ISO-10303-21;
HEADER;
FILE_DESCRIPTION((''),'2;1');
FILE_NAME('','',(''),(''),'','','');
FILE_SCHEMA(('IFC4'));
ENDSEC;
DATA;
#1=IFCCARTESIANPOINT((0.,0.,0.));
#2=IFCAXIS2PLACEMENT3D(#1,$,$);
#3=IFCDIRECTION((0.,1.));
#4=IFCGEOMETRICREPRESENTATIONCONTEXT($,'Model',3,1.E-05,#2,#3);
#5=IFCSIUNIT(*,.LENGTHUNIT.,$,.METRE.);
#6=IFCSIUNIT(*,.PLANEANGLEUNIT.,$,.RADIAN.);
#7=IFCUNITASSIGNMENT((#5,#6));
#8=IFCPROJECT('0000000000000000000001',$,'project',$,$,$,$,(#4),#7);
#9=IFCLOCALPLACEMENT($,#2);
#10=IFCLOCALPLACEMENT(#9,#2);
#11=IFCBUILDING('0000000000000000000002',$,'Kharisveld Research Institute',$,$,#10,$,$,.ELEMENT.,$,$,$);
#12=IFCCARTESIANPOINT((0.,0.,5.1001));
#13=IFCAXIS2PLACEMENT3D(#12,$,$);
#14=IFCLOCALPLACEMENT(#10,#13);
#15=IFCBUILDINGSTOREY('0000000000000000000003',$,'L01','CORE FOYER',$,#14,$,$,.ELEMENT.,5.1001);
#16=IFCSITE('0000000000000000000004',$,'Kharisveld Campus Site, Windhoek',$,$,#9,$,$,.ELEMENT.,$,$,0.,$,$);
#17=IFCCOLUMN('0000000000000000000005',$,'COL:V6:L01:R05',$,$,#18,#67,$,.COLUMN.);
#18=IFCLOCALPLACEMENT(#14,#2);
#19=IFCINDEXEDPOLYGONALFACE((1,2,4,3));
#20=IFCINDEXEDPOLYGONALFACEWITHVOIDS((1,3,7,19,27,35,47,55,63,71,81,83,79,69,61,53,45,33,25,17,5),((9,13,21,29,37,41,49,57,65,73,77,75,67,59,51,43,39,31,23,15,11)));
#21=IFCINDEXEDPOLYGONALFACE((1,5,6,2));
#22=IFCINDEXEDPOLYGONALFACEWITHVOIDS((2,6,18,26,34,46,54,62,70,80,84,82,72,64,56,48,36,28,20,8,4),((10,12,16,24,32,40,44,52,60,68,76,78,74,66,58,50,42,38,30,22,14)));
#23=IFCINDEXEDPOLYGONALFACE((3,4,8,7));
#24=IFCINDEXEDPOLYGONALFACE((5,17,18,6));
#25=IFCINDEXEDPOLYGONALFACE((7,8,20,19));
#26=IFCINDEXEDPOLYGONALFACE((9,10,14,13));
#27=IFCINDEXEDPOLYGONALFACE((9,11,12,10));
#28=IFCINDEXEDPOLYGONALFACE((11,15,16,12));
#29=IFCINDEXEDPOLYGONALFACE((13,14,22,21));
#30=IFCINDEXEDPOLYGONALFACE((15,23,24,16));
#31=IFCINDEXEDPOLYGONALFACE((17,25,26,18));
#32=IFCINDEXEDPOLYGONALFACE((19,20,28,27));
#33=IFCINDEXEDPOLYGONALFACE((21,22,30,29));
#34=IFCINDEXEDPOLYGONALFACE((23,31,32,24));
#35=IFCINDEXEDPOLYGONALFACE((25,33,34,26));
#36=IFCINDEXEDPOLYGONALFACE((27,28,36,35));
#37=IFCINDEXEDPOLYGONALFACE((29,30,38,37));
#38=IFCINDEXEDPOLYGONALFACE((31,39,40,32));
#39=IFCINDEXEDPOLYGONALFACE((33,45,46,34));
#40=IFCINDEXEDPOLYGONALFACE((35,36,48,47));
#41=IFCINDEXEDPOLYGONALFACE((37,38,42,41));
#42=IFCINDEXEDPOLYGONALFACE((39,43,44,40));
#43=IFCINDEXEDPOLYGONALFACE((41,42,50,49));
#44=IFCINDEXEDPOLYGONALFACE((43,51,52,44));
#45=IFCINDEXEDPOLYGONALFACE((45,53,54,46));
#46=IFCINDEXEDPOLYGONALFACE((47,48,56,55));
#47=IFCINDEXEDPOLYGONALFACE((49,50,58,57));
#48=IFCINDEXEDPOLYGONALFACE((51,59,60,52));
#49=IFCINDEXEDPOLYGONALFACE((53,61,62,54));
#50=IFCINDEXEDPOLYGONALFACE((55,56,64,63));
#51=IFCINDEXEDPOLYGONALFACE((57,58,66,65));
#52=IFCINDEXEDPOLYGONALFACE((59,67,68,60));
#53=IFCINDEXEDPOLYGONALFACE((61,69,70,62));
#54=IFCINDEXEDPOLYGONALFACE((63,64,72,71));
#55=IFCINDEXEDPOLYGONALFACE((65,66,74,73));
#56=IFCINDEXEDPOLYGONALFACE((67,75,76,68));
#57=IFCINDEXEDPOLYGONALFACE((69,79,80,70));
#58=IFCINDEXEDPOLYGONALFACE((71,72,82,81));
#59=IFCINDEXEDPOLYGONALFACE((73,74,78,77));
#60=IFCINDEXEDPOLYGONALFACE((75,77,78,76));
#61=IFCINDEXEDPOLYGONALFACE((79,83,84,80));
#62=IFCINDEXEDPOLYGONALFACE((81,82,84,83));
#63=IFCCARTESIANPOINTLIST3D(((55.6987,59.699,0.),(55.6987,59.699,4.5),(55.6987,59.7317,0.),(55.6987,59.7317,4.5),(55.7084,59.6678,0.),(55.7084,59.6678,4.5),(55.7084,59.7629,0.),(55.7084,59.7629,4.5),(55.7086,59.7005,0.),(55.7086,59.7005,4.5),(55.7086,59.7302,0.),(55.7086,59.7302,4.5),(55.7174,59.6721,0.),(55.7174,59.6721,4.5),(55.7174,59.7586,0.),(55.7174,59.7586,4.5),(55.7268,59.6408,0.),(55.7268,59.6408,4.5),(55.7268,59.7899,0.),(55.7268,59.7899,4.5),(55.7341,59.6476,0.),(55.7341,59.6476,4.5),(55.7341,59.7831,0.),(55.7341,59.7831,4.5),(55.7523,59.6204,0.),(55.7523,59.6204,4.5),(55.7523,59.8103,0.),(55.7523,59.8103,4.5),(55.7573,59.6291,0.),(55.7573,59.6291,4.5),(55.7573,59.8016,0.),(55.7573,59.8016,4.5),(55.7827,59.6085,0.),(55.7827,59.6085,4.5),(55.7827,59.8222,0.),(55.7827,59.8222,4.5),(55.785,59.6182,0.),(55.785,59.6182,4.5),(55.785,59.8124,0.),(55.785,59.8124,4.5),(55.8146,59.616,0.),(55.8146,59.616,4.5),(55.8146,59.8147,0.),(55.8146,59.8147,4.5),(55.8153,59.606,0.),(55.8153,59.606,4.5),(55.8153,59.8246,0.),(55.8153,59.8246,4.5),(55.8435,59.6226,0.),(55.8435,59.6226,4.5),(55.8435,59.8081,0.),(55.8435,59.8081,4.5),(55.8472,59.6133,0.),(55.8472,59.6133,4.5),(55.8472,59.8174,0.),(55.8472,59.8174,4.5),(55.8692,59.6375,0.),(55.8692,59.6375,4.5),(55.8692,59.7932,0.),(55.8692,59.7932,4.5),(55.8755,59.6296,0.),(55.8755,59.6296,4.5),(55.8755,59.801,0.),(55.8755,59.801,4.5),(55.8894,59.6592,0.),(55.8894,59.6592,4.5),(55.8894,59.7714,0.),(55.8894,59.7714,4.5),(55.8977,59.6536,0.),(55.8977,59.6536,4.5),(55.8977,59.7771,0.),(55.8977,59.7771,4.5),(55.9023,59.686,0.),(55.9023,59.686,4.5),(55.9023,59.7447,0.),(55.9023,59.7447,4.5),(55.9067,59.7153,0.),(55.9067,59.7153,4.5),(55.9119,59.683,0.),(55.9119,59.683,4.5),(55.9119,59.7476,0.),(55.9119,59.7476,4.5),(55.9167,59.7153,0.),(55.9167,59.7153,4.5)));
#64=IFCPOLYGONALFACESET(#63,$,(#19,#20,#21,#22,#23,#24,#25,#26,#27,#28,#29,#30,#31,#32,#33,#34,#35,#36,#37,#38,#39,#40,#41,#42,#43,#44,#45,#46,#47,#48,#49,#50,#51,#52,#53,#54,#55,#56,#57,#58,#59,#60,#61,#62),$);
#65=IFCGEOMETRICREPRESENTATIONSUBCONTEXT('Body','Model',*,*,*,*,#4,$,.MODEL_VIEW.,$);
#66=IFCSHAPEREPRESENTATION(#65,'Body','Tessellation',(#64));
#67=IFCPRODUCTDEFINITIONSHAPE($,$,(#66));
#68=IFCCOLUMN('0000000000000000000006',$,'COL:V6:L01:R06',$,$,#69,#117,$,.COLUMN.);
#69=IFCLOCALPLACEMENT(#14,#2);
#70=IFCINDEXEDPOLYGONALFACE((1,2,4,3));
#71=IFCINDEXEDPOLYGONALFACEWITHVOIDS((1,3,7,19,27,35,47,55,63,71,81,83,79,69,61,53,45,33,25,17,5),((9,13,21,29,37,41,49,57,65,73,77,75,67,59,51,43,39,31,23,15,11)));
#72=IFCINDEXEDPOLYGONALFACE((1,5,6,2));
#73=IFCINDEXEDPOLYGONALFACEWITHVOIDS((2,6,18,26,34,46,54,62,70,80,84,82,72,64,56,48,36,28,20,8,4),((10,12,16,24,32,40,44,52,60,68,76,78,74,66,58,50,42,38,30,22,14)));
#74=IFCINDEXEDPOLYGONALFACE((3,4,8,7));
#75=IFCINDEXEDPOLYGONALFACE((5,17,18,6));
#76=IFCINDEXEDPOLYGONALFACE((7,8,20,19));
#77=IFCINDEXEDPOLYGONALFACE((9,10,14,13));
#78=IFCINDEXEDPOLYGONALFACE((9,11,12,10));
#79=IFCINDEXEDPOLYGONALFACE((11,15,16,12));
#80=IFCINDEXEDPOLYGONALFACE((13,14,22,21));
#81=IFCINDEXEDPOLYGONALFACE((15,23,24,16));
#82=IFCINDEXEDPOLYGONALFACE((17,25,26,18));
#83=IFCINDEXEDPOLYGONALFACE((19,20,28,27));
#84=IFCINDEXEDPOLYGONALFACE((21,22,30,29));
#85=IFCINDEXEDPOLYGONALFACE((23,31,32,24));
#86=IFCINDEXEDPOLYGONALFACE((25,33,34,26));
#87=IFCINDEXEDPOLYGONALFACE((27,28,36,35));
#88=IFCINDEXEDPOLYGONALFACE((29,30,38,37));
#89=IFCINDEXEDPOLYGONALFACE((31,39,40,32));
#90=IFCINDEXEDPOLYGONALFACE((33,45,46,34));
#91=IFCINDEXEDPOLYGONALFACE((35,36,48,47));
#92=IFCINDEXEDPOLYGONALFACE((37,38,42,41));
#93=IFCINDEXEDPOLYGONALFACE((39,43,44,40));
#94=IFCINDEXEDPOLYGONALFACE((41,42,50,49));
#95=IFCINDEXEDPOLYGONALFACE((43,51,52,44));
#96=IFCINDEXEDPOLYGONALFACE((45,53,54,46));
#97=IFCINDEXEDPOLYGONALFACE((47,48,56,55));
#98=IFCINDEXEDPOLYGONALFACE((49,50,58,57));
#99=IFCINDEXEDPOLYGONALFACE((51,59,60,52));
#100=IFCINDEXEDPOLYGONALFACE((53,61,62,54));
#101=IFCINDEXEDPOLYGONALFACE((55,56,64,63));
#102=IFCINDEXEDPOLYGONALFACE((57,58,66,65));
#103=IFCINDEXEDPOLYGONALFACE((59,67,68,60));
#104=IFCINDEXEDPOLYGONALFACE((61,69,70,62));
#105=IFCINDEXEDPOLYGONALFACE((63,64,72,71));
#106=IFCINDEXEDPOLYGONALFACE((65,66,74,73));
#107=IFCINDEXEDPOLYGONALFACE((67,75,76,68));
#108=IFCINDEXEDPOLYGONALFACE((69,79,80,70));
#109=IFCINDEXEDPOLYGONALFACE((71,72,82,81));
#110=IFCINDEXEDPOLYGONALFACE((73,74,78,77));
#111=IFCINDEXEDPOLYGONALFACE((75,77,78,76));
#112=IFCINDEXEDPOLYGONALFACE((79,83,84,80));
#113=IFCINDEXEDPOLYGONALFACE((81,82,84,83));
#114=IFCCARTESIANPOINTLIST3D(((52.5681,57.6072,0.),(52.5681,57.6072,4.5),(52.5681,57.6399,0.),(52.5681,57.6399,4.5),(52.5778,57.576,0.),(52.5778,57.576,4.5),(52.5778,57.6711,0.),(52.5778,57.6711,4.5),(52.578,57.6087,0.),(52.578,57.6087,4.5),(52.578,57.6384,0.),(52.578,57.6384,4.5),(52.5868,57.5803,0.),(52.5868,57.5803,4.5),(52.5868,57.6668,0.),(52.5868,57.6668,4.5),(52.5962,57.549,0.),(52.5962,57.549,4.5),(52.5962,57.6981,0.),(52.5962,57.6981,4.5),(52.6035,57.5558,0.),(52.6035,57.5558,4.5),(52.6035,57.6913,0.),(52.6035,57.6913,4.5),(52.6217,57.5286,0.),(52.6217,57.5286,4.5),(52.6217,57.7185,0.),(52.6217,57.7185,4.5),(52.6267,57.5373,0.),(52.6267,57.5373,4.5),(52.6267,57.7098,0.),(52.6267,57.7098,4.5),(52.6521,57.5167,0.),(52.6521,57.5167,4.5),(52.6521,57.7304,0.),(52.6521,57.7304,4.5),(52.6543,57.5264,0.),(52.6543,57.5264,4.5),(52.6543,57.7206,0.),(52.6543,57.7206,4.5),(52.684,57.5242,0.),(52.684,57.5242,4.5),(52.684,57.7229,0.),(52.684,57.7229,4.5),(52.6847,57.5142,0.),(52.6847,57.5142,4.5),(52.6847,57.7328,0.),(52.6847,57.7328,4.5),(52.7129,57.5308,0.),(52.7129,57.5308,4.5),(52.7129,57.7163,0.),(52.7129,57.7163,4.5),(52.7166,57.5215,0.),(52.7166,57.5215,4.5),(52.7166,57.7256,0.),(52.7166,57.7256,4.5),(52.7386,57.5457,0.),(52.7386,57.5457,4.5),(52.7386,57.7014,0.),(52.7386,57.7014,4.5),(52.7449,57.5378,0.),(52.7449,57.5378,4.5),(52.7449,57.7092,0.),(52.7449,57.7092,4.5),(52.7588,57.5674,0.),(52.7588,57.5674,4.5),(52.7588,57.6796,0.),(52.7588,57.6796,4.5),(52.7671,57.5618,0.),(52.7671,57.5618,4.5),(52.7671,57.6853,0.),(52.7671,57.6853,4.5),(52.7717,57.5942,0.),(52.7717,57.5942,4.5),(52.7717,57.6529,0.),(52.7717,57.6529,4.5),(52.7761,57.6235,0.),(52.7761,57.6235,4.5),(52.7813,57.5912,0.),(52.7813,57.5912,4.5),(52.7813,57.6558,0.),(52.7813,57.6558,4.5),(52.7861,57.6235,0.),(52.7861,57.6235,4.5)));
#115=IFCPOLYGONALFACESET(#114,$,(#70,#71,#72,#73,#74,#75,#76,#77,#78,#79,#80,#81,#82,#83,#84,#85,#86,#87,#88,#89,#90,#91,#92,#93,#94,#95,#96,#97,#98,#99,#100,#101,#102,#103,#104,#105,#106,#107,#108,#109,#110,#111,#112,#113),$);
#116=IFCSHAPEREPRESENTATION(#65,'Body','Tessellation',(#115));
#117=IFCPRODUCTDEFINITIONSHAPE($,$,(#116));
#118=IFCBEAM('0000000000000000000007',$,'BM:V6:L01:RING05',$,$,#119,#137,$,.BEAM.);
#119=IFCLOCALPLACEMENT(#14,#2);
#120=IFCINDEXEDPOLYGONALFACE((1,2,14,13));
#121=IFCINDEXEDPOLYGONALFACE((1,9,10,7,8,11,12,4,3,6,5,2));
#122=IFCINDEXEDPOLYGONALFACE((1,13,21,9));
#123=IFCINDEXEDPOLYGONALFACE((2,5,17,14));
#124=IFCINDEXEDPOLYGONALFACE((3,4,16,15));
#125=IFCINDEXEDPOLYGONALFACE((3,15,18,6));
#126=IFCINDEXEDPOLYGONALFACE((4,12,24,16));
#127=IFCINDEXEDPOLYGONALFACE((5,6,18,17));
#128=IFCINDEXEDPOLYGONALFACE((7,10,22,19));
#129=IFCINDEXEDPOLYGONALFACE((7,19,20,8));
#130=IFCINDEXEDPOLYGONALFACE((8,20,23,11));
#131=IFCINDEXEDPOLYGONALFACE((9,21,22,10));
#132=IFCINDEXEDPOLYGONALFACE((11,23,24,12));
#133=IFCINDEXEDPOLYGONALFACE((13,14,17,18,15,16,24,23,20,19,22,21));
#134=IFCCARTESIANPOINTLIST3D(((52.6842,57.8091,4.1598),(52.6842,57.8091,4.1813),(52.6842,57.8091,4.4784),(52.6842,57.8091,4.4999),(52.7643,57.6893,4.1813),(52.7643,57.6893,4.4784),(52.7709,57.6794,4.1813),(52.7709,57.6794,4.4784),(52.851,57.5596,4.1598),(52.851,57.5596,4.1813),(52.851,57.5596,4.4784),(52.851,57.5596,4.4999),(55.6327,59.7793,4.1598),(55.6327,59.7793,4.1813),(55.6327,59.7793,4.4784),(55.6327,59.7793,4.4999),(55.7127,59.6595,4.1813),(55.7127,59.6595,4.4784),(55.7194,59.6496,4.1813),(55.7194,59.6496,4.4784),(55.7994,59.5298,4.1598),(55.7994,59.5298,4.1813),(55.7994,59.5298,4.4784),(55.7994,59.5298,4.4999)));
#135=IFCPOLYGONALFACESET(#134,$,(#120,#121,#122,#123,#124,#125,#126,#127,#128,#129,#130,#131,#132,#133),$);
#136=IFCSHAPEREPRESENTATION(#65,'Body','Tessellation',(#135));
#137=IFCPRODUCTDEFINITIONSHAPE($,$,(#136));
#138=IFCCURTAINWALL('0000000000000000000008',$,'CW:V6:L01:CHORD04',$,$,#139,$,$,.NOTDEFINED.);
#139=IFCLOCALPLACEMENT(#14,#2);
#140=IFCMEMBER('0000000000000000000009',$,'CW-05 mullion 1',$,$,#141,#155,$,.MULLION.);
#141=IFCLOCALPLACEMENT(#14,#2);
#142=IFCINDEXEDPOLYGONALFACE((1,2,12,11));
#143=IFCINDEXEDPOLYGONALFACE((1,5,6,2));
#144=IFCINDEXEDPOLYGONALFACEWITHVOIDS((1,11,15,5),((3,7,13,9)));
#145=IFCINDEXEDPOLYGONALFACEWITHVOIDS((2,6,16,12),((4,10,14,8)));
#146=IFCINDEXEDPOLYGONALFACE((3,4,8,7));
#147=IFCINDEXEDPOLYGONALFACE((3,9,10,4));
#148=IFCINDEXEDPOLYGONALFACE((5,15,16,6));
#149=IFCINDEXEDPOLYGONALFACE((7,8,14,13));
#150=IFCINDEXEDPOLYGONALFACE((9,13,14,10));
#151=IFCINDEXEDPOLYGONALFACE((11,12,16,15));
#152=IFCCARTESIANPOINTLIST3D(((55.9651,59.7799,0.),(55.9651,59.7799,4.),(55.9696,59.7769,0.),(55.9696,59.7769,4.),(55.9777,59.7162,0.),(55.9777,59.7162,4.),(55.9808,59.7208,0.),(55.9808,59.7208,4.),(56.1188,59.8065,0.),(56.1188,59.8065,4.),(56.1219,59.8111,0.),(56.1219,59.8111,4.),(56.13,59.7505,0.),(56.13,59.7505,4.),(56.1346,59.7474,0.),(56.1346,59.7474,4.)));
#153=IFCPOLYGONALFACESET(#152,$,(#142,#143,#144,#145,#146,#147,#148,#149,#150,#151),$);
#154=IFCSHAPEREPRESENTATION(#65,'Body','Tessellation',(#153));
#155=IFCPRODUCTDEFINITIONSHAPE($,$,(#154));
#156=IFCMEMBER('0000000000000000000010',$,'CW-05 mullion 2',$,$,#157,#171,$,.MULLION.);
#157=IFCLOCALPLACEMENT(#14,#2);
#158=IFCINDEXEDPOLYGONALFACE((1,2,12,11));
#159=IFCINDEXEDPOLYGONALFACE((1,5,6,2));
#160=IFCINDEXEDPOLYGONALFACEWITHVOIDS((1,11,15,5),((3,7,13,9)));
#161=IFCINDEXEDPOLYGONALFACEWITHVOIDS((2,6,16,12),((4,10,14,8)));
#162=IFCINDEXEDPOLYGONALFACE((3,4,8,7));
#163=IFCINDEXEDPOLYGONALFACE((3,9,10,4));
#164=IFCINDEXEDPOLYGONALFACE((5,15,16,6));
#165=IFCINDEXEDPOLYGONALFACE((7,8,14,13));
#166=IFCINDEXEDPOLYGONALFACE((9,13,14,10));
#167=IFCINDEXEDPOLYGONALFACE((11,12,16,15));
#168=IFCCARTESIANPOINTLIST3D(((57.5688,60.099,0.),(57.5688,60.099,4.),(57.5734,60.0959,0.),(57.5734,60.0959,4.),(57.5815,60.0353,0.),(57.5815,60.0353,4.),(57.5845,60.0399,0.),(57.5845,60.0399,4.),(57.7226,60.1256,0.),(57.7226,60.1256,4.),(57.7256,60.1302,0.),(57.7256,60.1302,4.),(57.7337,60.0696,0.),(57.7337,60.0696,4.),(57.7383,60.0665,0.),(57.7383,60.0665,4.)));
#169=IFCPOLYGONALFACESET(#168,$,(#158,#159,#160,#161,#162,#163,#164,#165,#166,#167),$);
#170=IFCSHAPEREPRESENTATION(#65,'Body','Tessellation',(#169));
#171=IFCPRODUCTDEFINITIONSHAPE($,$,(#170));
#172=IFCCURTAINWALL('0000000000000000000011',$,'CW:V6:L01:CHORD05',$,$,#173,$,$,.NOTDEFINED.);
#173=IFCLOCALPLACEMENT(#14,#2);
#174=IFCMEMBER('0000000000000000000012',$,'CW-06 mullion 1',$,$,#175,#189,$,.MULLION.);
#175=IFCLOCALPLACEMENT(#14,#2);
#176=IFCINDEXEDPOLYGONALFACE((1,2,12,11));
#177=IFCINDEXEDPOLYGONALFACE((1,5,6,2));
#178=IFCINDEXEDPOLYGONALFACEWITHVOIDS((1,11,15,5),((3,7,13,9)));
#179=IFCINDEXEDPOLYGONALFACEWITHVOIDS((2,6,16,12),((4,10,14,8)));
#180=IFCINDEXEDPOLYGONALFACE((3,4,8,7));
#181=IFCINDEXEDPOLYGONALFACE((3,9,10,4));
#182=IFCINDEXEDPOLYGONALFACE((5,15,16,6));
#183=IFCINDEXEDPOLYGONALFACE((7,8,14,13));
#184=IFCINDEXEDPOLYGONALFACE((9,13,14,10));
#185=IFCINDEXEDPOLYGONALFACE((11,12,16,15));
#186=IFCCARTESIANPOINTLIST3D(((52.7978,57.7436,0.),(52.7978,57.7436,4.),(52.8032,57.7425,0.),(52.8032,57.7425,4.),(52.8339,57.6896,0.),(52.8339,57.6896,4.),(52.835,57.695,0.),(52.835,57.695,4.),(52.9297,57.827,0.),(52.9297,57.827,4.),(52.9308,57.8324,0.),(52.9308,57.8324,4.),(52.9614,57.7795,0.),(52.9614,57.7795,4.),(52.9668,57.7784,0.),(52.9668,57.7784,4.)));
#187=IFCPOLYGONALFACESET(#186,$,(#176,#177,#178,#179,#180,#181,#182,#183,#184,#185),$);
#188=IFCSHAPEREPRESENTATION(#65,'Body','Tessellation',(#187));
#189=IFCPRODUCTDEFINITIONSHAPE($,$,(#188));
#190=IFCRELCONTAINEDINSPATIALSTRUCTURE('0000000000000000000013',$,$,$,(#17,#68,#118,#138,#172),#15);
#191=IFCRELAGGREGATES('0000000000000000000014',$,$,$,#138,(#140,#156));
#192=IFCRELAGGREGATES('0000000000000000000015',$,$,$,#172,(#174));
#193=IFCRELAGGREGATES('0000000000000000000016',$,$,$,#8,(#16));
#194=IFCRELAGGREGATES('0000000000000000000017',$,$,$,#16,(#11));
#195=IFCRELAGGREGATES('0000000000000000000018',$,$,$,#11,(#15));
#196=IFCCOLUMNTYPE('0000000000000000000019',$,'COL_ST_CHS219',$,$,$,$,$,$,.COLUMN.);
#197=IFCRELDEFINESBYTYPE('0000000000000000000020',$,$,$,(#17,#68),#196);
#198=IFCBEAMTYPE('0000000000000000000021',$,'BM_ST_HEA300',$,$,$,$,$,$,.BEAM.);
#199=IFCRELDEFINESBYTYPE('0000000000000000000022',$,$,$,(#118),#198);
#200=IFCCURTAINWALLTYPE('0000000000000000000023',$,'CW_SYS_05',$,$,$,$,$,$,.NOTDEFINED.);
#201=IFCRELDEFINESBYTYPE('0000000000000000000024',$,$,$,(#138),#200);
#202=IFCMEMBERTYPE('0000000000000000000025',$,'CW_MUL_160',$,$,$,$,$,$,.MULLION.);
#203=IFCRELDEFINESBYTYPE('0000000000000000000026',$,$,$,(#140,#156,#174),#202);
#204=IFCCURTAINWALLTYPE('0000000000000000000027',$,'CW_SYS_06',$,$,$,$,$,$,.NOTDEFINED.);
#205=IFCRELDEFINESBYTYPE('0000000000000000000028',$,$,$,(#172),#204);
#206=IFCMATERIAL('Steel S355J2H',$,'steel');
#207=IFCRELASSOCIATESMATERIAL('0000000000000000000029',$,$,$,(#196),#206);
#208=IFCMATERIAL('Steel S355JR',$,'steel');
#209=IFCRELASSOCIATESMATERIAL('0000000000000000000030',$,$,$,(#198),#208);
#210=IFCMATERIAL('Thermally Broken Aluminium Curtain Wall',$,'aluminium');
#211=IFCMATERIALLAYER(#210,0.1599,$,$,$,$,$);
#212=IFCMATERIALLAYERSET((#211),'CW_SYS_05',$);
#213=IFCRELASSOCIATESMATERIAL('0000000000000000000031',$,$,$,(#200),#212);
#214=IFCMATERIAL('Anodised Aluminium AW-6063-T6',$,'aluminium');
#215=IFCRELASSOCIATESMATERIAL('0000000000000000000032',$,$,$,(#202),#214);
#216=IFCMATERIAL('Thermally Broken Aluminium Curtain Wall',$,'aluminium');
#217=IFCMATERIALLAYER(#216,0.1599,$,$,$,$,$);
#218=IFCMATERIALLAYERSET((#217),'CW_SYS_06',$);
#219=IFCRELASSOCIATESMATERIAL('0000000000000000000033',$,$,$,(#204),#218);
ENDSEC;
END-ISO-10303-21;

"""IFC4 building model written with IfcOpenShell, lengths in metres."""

from ifc_helpers import new_model, si_unit, direction, frame, origin, origin_2d, place, context, subcontext, project, spatial, hollow_rectangle, hollow_circle, i_section, extrude, material, layer, layer_set, material_profile, profile_set, type_object, element, aggregate, save


model = new_model("IFC4")

# Units and contexts
model_context = context("Model", 3, precision=1e-05, world=origin(), true_north=direction((0.0, 1.0)))
body_context = subcontext(model_context, "Body", "Model", "MODEL_VIEW")
ifc_project = project(units=[si_unit("LENGTHUNIT", "METRE"), si_unit("PLANEANGLEUNIT", "RADIAN")], contexts=[model_context])

# Site, building, storey
site_placement = place(None, origin())
site = spatial("IfcSite", under=ifc_project, at=site_placement, Name="Kharisveld Campus Site, Windhoek", CompositionType="ELEMENT", RefElevation=0.0)
building_placement = place(site_placement, origin())
building = spatial("IfcBuilding", under=site, at=building_placement, Name="Kharisveld Research Institute", CompositionType="ELEMENT")
storey_placement = place(building_placement, frame((0.0, 0.0, 5.1001)))
storey = spatial("IfcBuildingStorey", under=building, at=storey_placement, Name="L01", Description="CORE FOYER", CompositionType="ELEMENT", Elevation=5.1001)

# Columns
ifc_material_1 = material(Name="Steel S355J2H", Category="steel")
ifc_material_profile_1 = material_profile(ifc_material_1, hollow_circle(Radius=0.1096, WallThickness=0.01, at=origin_2d()))
ifc_profile_set_1 = profile_set([ifc_material_profile_1], Name="Steel S355J2H")
column_type = type_object("IfcColumnType", Name="COL_ST_CHS219", PredefinedType="COLUMN", material=ifc_profile_set_1)
for number, where, z_axis, x_axis, name in (
    (1, (55.8071, 59.7153, 0.0), (0.0, 0.0, 1.0), (1.0, 0.0, 0.0), "COL:V6:L01:R05"),
    (2, (52.6765, 57.6235, 0.0), (0.0, 0.0, 1.0), (1.0, 0.0, 0.0), "COL:V6:L01:R06"),
):
    element("IfcColumn", number, at=place(storey_placement, frame(where, z_axis=z_axis, x_axis=x_axis)), inside=storey, type_object=column_type, Name=name, PredefinedType="COLUMN", context=body_context, shape_type="SweptSolid", body=[
        extrude(hollow_circle(Radius=0.1096, WallThickness=0.01, at=origin_2d()), origin(), (0.0, 0.0, 1.0), 4.5),
    ])

# Beam
ifc_material_2 = material(Name="Steel S355JR", Category="steel")
ifc_material_profile_2 = material_profile(ifc_material_2, i_section(OverallWidth=0.3, OverallDepth=0.3401, WebThickness=0.012, FlangeThickness=0.0215, at=origin_2d()))
ifc_profile_set_2 = profile_set([ifc_material_profile_2], Name="Steel S355JR")
beam_type = type_object("IfcBeamType", Name="BM_ST_HEA300", PredefinedType="BEAM", material=ifc_profile_set_2)
beam_placement = place(storey_placement, frame((55.7161, 59.6545, 4.3298), z_axis=(-0.831457, -0.55559, 0.0), x_axis=(0.55559, -0.831457, 0.0)))
element("IfcBeam", 3, at=beam_placement, inside=storey, type_object=beam_type, Name="BM:V6:L01:RING05", PredefinedType="BEAM", context=body_context, shape_type="SweptSolid", body=[
    extrude(i_section(OverallWidth=0.3, OverallDepth=0.3401, WebThickness=0.012, FlangeThickness=0.0215, at=origin_2d()), origin(), (0.0, 0.0, 1.0), 3.5461),
])

# Curtain walls, members
ifc_material_3 = material(Name="Thermally Broken Aluminium Curtain Wall", Category="aluminium")
ifc_layer_1 = layer(ifc_material_3, 0.1599)
ifc_layer_set_1 = layer_set([ifc_layer_1], Name="CW_SYS_05")
curtain_wall_type_1 = type_object("IfcCurtainWallType", Name="CW_SYS_05", PredefinedType="NOTDEFINED", material=ifc_layer_set_1)
curtain_wall_1_placement = place(storey_placement, origin())
curtain_wall_1 = element("IfcCurtainWall", 4, at=curtain_wall_1_placement, inside=storey, type_object=curtain_wall_type_1, Name="CW:V6:L01:CHORD04", PredefinedType="NOTDEFINED")
ifc_material_4 = material(Name="Anodised Aluminium AW-6063-T6", Category="aluminium")
ifc_material_profile_3 = material_profile(ifc_material_4, hollow_rectangle(XDim=0.0649, YDim=0.1599, WallThickness=0.0039, at=origin_2d()))
ifc_profile_set_3 = profile_set([ifc_material_profile_3], Name="Anodised Aluminium AW-6063-T6")
member_type_1 = type_object("IfcMemberType", Name="CW_MUL_160", PredefinedType="MULLION", material=ifc_profile_set_3)
member_1_placement = place(storey_placement, frame((56.0498, 59.7637, 0.0), z_axis=(0.0, 0.0, 1.0), x_axis=(-0.195091, 0.980785, 0.0)))
member_1 = element("IfcMember", 5, at=member_1_placement, type_object=member_type_1, Name="CW-05 mullion 1", PredefinedType="MULLION", context=body_context, shape_type="SweptSolid", body=[
    extrude(hollow_rectangle(XDim=0.0649, YDim=0.1599, WallThickness=0.0039, at=origin_2d()), origin(), (0.0, 0.0, 1.0), 4.0),
])
member_2_placement = place(storey_placement, frame((57.6536, 60.0828, 0.0), z_axis=(0.0, 0.0, 1.0), x_axis=(-0.195091, 0.980785, 0.0)))
member_2 = element("IfcMember", 6, at=member_2_placement, type_object=member_type_1, Name="CW-05 mullion 2", PredefinedType="MULLION", context=body_context, shape_type="SweptSolid", body=[
    extrude(hollow_rectangle(XDim=0.0649, YDim=0.1599, WallThickness=0.0039, at=origin_2d()), origin(), (0.0, 0.0, 1.0), 4.0),
])
ifc_material_5 = material(Name="Thermally Broken Aluminium Curtain Wall", Category="aluminium")
ifc_layer_2 = layer(ifc_material_5, 0.1599)
ifc_layer_set_2 = layer_set([ifc_layer_2], Name="CW_SYS_06")
curtain_wall_type_2 = type_object("IfcCurtainWallType", Name="CW_SYS_06", PredefinedType="NOTDEFINED", material=ifc_layer_set_2)
curtain_wall_2_placement = place(storey_placement, origin())
curtain_wall_2 = element("IfcCurtainWall", 7, at=curtain_wall_2_placement, inside=storey, type_object=curtain_wall_type_2, Name="CW:V6:L01:CHORD05", PredefinedType="NOTDEFINED")
member_3_placement = place(storey_placement, frame((52.8823, 57.761, 0.0), z_axis=(0.0, 0.0, 1.0), x_axis=(-0.55557, 0.83147, 0.0)))
member_3 = element("IfcMember", 8, at=member_3_placement, type_object=member_type_1, Name="CW-06 mullion 1", PredefinedType="MULLION", context=body_context, shape_type="SweptSolid", body=[
    extrude(hollow_rectangle(XDim=0.0649, YDim=0.1599, WallThickness=0.0039, at=origin_2d()), origin(), (0.0, 0.0, 1.0), 4.0),
])

aggregate(curtain_wall_1, [member_1, member_2])
aggregate(curtain_wall_2, [member_3])

save(model, "model.ifc")
